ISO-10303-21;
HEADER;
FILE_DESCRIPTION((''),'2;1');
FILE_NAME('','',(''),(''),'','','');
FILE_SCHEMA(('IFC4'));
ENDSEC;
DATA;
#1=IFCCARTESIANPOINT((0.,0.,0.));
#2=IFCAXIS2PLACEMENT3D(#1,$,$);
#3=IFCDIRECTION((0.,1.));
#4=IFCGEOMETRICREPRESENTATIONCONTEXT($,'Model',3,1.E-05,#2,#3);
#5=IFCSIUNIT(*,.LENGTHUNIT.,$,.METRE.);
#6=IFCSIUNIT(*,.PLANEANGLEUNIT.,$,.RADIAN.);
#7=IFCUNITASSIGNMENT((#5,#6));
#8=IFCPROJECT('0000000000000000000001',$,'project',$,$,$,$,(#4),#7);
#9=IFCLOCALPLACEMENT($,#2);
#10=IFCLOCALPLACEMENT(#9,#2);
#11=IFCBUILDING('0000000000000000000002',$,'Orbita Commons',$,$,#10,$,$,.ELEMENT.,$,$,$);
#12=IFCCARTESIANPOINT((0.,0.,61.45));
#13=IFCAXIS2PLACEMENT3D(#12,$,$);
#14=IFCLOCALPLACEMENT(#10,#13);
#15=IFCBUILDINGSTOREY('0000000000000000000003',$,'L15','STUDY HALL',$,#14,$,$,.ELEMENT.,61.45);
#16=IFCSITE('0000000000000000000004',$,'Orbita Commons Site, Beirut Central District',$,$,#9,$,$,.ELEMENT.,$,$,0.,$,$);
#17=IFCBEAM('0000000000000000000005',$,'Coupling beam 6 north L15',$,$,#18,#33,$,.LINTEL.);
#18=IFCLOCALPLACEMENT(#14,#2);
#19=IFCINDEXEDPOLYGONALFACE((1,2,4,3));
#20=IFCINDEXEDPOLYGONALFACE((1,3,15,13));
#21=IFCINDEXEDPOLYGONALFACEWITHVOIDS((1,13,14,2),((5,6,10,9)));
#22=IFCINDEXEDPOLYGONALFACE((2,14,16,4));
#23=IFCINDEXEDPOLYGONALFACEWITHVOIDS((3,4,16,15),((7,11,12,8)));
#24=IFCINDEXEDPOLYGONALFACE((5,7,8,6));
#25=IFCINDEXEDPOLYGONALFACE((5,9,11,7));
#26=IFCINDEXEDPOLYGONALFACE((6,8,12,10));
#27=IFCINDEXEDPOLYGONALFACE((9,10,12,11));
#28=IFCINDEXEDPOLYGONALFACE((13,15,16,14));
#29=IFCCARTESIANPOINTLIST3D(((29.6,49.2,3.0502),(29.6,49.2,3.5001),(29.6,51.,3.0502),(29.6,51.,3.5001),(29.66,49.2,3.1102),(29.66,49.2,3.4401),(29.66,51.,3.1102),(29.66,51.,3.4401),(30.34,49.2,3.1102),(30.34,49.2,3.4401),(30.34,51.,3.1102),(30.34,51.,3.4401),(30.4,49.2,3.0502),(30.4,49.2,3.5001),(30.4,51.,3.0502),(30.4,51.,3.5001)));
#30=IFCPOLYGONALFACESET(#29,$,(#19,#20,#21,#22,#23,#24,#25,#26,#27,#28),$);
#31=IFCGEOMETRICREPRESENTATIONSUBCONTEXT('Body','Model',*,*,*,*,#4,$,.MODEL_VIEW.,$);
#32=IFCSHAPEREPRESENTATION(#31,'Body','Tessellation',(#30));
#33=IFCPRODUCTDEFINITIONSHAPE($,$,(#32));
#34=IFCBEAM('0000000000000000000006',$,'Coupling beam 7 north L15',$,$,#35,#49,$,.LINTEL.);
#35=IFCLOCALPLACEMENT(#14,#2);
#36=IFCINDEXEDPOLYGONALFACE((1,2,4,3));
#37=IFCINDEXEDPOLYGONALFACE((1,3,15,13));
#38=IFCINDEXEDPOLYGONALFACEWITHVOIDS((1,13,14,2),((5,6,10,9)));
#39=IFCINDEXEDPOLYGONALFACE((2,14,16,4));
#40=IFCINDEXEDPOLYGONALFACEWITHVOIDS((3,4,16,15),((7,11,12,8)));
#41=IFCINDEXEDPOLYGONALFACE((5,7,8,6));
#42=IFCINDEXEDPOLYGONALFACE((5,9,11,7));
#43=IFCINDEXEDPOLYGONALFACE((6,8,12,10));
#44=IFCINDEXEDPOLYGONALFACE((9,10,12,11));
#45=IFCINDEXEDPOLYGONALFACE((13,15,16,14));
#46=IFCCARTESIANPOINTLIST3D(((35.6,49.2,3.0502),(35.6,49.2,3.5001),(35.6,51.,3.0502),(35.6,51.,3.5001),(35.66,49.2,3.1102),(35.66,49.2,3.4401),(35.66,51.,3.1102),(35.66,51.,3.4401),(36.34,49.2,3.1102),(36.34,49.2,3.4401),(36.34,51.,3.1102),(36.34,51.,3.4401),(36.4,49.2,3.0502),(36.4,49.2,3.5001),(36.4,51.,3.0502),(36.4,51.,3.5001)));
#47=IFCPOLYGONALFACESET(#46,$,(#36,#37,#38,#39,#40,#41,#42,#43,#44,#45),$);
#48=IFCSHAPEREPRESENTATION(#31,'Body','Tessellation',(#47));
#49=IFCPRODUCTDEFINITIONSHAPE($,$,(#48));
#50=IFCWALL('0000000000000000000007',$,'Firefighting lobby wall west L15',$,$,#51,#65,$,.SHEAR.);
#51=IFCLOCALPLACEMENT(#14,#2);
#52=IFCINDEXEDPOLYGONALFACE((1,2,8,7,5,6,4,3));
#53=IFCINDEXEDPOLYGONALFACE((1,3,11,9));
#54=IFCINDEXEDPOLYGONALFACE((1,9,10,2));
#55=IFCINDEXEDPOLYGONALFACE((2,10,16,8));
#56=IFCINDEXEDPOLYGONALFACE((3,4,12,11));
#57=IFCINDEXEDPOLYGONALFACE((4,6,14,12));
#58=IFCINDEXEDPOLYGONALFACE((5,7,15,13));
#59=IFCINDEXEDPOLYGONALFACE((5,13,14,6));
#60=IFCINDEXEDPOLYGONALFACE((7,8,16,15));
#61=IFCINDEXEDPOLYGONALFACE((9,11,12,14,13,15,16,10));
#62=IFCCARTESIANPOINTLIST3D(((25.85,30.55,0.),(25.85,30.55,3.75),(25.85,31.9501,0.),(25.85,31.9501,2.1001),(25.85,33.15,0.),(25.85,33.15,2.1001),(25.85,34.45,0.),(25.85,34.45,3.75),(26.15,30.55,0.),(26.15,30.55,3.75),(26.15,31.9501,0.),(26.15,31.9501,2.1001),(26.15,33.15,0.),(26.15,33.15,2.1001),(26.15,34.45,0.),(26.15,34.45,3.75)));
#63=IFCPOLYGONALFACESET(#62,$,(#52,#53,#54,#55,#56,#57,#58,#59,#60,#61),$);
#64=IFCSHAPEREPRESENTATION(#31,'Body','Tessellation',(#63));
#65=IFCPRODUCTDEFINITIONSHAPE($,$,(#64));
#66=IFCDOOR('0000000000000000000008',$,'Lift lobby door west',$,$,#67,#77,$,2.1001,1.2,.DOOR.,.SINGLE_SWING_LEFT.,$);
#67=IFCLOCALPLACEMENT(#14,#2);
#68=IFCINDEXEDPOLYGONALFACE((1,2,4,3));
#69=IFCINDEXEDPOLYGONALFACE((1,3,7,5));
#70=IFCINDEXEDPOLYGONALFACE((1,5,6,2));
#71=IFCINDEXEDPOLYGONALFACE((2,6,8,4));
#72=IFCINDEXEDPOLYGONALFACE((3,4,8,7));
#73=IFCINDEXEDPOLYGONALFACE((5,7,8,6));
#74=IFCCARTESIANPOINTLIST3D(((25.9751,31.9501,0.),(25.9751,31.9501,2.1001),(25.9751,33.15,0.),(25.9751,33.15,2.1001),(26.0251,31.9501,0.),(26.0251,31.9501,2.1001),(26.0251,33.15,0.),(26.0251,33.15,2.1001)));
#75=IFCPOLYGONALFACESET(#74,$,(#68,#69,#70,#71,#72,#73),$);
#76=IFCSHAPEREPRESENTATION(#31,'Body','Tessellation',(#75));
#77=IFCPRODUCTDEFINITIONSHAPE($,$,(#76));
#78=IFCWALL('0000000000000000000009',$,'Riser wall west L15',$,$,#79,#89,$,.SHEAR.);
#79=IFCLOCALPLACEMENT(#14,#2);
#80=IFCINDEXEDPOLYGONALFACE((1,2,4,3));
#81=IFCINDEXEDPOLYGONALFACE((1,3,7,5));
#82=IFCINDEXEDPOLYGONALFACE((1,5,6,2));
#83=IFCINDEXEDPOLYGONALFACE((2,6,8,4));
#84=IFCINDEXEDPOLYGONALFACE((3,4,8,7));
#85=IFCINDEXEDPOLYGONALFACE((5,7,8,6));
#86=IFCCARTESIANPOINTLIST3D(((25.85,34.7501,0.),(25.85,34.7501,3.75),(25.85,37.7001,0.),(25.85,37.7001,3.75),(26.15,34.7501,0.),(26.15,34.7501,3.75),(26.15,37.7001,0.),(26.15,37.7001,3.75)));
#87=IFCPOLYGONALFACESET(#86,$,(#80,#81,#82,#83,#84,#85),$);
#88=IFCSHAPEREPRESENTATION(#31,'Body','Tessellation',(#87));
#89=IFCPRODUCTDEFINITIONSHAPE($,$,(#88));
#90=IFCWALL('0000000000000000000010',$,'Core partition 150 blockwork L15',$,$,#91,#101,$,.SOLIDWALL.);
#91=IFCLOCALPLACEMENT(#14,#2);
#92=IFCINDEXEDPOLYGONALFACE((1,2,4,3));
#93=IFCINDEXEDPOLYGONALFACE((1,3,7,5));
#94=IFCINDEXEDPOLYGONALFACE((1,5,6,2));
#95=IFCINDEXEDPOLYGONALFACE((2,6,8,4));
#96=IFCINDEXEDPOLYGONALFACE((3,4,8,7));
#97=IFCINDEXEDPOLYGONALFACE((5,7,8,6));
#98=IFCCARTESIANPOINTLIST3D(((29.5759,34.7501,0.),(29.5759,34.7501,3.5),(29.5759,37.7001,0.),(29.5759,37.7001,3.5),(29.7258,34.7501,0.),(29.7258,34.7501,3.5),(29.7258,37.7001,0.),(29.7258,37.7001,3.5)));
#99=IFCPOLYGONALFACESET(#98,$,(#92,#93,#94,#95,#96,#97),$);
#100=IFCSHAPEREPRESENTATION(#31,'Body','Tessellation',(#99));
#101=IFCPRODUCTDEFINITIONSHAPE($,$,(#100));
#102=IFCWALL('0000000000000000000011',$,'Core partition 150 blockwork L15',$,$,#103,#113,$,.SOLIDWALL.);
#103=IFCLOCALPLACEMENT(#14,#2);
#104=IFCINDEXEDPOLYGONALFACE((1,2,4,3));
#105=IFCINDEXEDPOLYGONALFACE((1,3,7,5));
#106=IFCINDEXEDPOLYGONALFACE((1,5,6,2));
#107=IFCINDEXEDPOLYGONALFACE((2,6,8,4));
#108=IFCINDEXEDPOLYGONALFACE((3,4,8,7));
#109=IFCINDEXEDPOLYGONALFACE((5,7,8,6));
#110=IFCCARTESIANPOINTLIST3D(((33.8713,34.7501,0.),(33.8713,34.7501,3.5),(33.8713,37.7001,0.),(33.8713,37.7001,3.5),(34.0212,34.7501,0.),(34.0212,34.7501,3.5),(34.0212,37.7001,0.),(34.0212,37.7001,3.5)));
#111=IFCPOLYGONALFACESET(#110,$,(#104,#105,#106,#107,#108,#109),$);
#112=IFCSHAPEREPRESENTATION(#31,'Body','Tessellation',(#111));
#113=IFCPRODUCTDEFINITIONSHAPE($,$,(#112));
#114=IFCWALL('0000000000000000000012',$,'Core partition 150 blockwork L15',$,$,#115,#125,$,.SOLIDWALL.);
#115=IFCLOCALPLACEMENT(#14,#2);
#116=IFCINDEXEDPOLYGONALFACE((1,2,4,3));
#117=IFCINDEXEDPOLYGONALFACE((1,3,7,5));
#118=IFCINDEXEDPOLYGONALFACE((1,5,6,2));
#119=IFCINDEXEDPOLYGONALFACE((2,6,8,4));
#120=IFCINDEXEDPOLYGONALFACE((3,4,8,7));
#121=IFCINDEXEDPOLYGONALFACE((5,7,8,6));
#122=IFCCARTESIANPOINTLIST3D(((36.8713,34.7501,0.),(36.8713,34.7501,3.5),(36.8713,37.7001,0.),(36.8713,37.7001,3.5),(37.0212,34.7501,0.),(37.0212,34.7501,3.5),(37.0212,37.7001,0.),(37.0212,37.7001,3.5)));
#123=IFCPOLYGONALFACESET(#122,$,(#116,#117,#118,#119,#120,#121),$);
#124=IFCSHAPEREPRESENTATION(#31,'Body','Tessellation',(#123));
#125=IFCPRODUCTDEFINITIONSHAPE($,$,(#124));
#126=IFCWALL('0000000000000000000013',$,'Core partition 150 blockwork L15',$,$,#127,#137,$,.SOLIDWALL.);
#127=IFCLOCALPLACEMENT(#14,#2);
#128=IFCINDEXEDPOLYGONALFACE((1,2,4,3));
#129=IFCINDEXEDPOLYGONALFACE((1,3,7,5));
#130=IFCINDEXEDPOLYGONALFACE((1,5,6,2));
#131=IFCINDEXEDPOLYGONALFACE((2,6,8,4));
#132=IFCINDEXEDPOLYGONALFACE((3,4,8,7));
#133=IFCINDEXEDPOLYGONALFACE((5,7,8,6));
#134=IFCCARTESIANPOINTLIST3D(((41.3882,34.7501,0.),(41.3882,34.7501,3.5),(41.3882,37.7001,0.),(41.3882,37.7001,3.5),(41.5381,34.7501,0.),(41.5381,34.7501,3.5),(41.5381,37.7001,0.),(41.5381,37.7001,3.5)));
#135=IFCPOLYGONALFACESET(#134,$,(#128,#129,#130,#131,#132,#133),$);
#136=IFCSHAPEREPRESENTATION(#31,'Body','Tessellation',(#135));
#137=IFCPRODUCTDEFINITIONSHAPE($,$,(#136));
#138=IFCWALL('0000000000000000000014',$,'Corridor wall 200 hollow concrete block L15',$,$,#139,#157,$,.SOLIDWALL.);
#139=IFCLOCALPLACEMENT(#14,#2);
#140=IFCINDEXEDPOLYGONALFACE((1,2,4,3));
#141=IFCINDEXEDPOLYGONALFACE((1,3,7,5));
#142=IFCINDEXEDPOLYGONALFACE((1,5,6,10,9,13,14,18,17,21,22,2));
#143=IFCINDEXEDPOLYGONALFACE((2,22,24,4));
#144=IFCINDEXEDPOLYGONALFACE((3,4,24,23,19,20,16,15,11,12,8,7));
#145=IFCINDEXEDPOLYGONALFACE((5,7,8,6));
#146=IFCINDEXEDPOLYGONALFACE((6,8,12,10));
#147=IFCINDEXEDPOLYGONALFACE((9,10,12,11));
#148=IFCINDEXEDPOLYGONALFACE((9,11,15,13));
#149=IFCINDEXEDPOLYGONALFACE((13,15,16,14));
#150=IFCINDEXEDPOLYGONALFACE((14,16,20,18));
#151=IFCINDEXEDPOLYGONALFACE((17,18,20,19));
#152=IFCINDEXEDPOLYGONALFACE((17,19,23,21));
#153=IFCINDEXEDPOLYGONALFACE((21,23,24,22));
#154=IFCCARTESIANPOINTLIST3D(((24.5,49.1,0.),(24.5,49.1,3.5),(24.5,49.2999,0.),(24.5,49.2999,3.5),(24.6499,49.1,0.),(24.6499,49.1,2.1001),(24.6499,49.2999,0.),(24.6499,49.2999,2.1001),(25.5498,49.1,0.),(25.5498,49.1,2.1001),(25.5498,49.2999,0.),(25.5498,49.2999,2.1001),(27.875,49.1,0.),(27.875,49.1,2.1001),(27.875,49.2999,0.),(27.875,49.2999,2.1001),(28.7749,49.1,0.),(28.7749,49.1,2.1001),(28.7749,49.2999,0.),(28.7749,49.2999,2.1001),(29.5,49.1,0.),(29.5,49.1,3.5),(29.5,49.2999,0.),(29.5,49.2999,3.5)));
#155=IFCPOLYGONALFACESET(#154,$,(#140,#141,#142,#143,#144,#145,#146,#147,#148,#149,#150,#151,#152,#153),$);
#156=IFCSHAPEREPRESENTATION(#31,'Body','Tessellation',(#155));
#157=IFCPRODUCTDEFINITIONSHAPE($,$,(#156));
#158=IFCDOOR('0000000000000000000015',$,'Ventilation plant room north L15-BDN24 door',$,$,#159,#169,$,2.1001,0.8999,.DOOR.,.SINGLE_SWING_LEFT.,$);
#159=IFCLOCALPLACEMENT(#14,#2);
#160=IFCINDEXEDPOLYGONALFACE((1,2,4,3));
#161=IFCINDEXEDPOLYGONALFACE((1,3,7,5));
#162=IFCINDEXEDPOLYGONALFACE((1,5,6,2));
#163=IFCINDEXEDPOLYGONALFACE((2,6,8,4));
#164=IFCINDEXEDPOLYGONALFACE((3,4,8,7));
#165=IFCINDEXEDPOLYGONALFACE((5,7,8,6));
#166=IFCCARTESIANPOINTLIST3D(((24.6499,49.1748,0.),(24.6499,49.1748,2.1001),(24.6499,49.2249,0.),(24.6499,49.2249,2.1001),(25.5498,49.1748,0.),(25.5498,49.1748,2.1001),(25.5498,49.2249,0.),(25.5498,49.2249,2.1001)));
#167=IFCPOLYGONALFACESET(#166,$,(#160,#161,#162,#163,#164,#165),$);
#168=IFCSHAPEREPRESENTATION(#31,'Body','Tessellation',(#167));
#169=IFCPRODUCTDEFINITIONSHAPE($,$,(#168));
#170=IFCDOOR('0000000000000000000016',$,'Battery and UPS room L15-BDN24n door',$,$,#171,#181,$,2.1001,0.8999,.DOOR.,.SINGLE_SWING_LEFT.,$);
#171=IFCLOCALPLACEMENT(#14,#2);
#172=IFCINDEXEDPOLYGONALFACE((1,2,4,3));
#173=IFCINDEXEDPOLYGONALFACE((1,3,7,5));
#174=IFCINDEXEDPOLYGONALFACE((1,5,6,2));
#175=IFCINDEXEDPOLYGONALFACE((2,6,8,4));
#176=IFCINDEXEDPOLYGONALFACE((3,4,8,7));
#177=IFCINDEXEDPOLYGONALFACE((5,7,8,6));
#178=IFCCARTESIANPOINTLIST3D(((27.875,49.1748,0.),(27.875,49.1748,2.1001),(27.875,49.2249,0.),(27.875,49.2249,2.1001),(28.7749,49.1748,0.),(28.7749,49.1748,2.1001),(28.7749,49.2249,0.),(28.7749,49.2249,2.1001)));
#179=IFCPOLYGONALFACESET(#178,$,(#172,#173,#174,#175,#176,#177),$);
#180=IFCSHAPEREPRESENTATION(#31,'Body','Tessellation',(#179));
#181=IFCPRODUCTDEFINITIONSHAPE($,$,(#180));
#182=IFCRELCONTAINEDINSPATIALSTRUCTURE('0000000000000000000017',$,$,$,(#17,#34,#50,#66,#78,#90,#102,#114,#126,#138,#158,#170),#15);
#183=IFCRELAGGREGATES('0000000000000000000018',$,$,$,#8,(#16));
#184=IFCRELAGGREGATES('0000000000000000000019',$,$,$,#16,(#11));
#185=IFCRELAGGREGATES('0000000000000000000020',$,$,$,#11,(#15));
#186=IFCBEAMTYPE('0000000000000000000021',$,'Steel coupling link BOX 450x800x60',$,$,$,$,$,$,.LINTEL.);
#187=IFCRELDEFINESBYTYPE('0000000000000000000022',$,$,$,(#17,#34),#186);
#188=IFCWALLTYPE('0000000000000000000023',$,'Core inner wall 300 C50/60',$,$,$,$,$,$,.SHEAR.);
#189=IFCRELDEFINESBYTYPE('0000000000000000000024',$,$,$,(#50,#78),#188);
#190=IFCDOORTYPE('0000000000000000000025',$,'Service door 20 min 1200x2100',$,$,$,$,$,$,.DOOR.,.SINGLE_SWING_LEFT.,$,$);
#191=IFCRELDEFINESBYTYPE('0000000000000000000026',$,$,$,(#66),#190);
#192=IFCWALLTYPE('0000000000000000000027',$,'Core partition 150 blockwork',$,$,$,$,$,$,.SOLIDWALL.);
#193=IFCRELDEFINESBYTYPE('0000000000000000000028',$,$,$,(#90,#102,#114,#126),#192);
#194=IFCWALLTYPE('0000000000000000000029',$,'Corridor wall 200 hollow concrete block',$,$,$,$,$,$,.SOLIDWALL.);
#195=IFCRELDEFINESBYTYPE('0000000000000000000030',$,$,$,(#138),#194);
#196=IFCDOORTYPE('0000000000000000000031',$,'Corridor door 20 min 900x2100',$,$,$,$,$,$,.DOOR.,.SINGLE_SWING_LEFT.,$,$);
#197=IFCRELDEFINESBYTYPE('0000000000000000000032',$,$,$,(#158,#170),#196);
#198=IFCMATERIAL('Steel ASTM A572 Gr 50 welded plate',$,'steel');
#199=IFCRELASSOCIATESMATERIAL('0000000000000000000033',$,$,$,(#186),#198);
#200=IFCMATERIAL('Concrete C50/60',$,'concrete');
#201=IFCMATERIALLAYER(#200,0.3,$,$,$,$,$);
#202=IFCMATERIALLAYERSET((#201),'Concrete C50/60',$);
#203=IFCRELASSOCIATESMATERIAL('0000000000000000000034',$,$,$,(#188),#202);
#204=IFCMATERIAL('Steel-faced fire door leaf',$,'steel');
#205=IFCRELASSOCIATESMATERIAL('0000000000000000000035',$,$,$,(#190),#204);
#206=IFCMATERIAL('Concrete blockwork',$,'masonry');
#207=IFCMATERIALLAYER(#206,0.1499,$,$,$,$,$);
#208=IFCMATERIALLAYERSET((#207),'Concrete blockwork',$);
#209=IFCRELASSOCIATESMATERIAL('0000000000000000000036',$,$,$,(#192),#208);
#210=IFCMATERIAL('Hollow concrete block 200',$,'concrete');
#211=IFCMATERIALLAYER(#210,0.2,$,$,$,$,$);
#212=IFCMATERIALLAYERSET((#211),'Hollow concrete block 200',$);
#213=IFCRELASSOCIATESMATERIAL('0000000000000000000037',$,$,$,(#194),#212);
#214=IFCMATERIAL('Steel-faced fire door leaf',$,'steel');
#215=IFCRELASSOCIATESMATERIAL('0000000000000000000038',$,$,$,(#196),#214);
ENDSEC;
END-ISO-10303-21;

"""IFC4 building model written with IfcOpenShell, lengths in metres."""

from ifc_helpers import new_model, si_unit, direction, frame, frame_2d, origin, origin_2d, place, context, subcontext, project, spatial, rectangle, hollow_rectangle, extrude, material, layer, layer_set, material_profile, profile_set, type_object, element, fill, save


model = new_model("IFC4")

# Units and contexts
model_context = context("Model", 3, precision=1e-05, world=origin(), true_north=direction((0.0, 1.0)))
body_context = subcontext(model_context, "Body", "Model", "MODEL_VIEW")
ifc_project = project(units=[si_unit("LENGTHUNIT", "METRE"), si_unit("PLANEANGLEUNIT", "RADIAN")], contexts=[model_context])

# Site, building, storey
site_placement = place(None, origin())
site = spatial("IfcSite", under=ifc_project, at=site_placement, Name="Orbita Commons Site, Beirut Central District", CompositionType="ELEMENT", RefElevation=0.0)
building_placement = place(site_placement, origin())
building = spatial("IfcBuilding", under=site, at=building_placement, Name="Orbita Commons", CompositionType="ELEMENT")
storey_placement = place(building_placement, frame((0.0, 0.0, 61.45)))
storey = spatial("IfcBuildingStorey", under=building, at=storey_placement, Name="L15", Description="STUDY HALL", CompositionType="ELEMENT", Elevation=61.45)

# Beams
ifc_material_1 = material(Name="Steel ASTM A572 Gr 50 welded plate", Category="steel")
ifc_material_profile = material_profile(ifc_material_1, hollow_rectangle(XDim=0.8, YDim=0.45, WallThickness=0.0601, at=origin_2d()), Name="BOX 450x800x60")
ifc_profile_set = profile_set([ifc_material_profile], Name="Steel ASTM A572 Gr 50 welded plate")
beam_type = type_object("IfcBeamType", Name="Steel coupling link BOX 450x800x60", PredefinedType="LINTEL", material=ifc_profile_set)
for number, where, z_axis, x_axis, name in (
    (1, (30.0, 49.2, 3.2751), (0.0, 1.0, 0.0), (-1.0, 0.0, 0.0), "Coupling beam 6 north L15"),
    (2, (36.0, 49.2, 3.2751), (0.0, 1.0, 0.0), (-1.0, 0.0, 0.0), "Coupling beam 7 north L15"),
):
    element("IfcBeam", number, at=place(storey_placement, frame(where, z_axis=z_axis, x_axis=x_axis)), inside=storey, type_object=beam_type, Name=name, PredefinedType="LINTEL", context=body_context, shape_type="SweptSolid", body=[
        extrude(hollow_rectangle(XDim=0.8, YDim=0.45, WallThickness=0.0601, at=origin_2d()), origin(), (0.0, 0.0, 1.0), 1.8),
    ])

# Wall, opening, door
ifc_material_2 = material(Name="Concrete C50/60", Category="concrete")
ifc_layer_1 = layer(ifc_material_2, 0.3)
ifc_layer_set_1 = layer_set([ifc_layer_1], Name="Concrete C50/60")
wall_type_1 = type_object("IfcWallType", Name="Core inner wall 300 C50/60", PredefinedType="SHEAR", material=ifc_layer_set_1)
wall_1_placement = place(storey_placement, frame((26.0, 30.55, 0.0), z_axis=(0.0, 0.0, 1.0), x_axis=(0.0, 1.0, 0.0)))
wall_1 = element("IfcWall", 3, at=wall_1_placement, inside=storey, type_object=wall_type_1, Name="Firefighting lobby wall west L15", PredefinedType="SHEAR", context=body_context, shape_type="SweptSolid", body=[
    extrude(rectangle(XDim=3.8999, YDim=0.3, at=frame_2d((1.95, 0.0))), origin(), (0.0, 0.0, 1.0), 3.75),
])
opening_1_placement = place(wall_1_placement, frame((1.3999, 0.0, 0.0)))
opening_1 = element("IfcOpeningElement", 4, at=opening_1_placement, cuts=wall_1, PredefinedType="OPENING", context=body_context, shape_type="SweptSolid", body=[
    extrude(rectangle(XDim=1.2, YDim=2.1001, at=frame_2d((0.6001, 1.05))), frame((0.0, 0.1599, 0.0), z_axis=(0.0, -1.0, 0.0), x_axis=(1.0, 0.0, 0.0)), (0.0, 0.0, 1.0), 0.3201),
])
ifc_material_3 = material(Name="Steel-faced fire door leaf", Category="steel")
door_type_1 = type_object("IfcDoorType", Name="Service door 20 min 1200x2100", OperationType="SINGLE_SWING_LEFT", PredefinedType="DOOR", material=ifc_material_3)
door_1_placement = place(opening_1_placement, origin())
door_1 = element("IfcDoor", 5, at=door_1_placement, inside=storey, type_object=door_type_1, Name="Lift lobby door west", OperationType="SINGLE_SWING_LEFT", OverallHeight=2.1001, OverallWidth=1.2, PredefinedType="DOOR", context=body_context, shape_type="SweptSolid", body=[
    extrude(rectangle(XDim=1.2, YDim=2.1001, at=frame_2d((0.6001, 1.05))), frame((0.0, 0.0249, 0.0), z_axis=(0.0, -1.0, 0.0), x_axis=(1.0, 0.0, 0.0)), (0.0, 0.0, 1.0), 0.05),
])
fill(opening_1, door_1)

# Walls
wall_2_placement = place(storey_placement, frame((26.0, 34.75, 0.0), z_axis=(0.0, 0.0, 1.0), x_axis=(0.0, 1.0, 0.0)))
element("IfcWall", 6, at=wall_2_placement, inside=storey, type_object=wall_type_1, Name="Riser wall west L15", PredefinedType="SHEAR", context=body_context, shape_type="SweptSolid", body=[
    extrude(rectangle(XDim=2.95, YDim=0.3, at=frame_2d((1.4751, 0.0))), origin(), (0.0, 0.0, 1.0), 3.75),
])
ifc_material_4 = material(Name="Concrete blockwork", Category="masonry")
ifc_layer_2 = layer(ifc_material_4, 0.1499)
ifc_layer_set_2 = layer_set([ifc_layer_2], Name="Concrete blockwork")
wall_type_2 = type_object("IfcWallType", Name="Core partition 150 blockwork", PredefinedType="SOLIDWALL", material=ifc_layer_set_2)
for number, where, z_axis, x_axis, name in (
    (7, (29.6509, 34.75, 0.0), (0.0, 0.0, 1.0), (0.0, 1.0, 0.0), "Core partition 150 blockwork L15"),
    (8, (33.9463, 34.75, 0.0), (0.0, 0.0, 1.0), (0.0, 1.0, 0.0), "Core partition 150 blockwork L15"),
    (9, (36.9463, 34.75, 0.0), (0.0, 0.0, 1.0), (0.0, 1.0, 0.0), "Core partition 150 blockwork L15"),
    (10, (41.4631, 34.75, 0.0), (0.0, 0.0, 1.0), (0.0, 1.0, 0.0), "Core partition 150 blockwork L15"),
):
    element("IfcWall", number, at=place(storey_placement, frame(where, z_axis=z_axis, x_axis=x_axis)), inside=storey, type_object=wall_type_2, Name=name, PredefinedType="SOLIDWALL", context=body_context, shape_type="SweptSolid", body=[
        extrude(rectangle(XDim=2.95, YDim=0.1499, at=frame_2d((1.4751, 0.0))), origin(), (0.0, 0.0, 1.0), 3.5),
    ])

# Wall, openings, doors
ifc_material_5 = material(Name="Hollow concrete block 200", Category="concrete")
ifc_layer_3 = layer(ifc_material_5, 0.2)
ifc_layer_set_3 = layer_set([ifc_layer_3], Name="Hollow concrete block 200")
wall_type_3 = type_object("IfcWallType", Name="Corridor wall 200 hollow concrete block", PredefinedType="SOLIDWALL", material=ifc_layer_set_3)
wall_3_placement = place(storey_placement, frame((24.5, 49.2, 0.0), z_axis=(0.0, 0.0, 1.0), x_axis=(1.0, 0.0, 0.0)))
wall_3 = element("IfcWall", 11, at=wall_3_placement, inside=storey, type_object=wall_type_3, Name="Corridor wall 200 hollow concrete block L15", PredefinedType="SOLIDWALL", context=body_context, shape_type="SweptSolid", body=[
    extrude(rectangle(XDim=5.0, YDim=0.2, at=frame_2d((2.5, 0.0))), origin(), (0.0, 0.0, 1.0), 3.5),
])
opening_2_placement = place(wall_3_placement, frame((0.1499, 0.0, 0.0)))
opening_2 = element("IfcOpeningElement", 12, at=opening_2_placement, cuts=wall_3, PredefinedType="OPENING", context=body_context, shape_type="SweptSolid", body=[
    extrude(rectangle(XDim=0.8999, YDim=2.1001, at=frame_2d((0.45, 1.05))), frame((0.0, 0.1099, 0.0), z_axis=(0.0, -1.0, 0.0), x_axis=(1.0, 0.0, 0.0)), (0.0, 0.0, 1.0), 0.22),
])
opening_3_placement = place(wall_3_placement, frame((3.375, 0.0, 0.0)))
opening_3 = element("IfcOpeningElement", 13, at=opening_3_placement, cuts=wall_3, PredefinedType="OPENING", context=body_context, shape_type="SweptSolid", body=[
    extrude(rectangle(XDim=0.8999, YDim=2.1001, at=frame_2d((0.45, 1.05))), frame((0.0, 0.1099, 0.0), z_axis=(0.0, -1.0, 0.0), x_axis=(1.0, 0.0, 0.0)), (0.0, 0.0, 1.0), 0.22),
])
ifc_material_6 = material(Name="Steel-faced fire door leaf", Category="steel")
door_type_2 = type_object("IfcDoorType", Name="Corridor door 20 min 900x2100", OperationType="SINGLE_SWING_LEFT", PredefinedType="DOOR", material=ifc_material_6)
door_2_placement = place(opening_2_placement, origin())
door_2 = element("IfcDoor", 14, at=door_2_placement, inside=storey, type_object=door_type_2, Name="Ventilation plant room north L15-BDN24 door", OperationType="SINGLE_SWING_LEFT", OverallHeight=2.1001, OverallWidth=0.8999, PredefinedType="DOOR", context=body_context, shape_type="SweptSolid", body=[
    extrude(rectangle(XDim=0.8999, YDim=2.1001, at=frame_2d((0.45, 1.05))), frame((0.0, 0.0249, 0.0), z_axis=(0.0, -1.0, 0.0), x_axis=(1.0, 0.0, 0.0)), (0.0, 0.0, 1.0), 0.05),
])
fill(opening_2, door_2)
door_3_placement = place(opening_3_placement, origin())
door_3 = element("IfcDoor", 15, at=door_3_placement, inside=storey, type_object=door_type_2, Name="Battery and UPS room L15-BDN24n door", OperationType="SINGLE_SWING_LEFT", OverallHeight=2.1001, OverallWidth=0.8999, PredefinedType="DOOR", context=body_context, shape_type="SweptSolid", body=[
    extrude(rectangle(XDim=0.8999, YDim=2.1001, at=frame_2d((0.45, 1.05))), frame((0.0, 0.0249, 0.0), z_axis=(0.0, -1.0, 0.0), x_axis=(1.0, 0.0, 0.0)), (0.0, 0.0, 1.0), 0.05),
])
fill(opening_3, door_3)

save(model, "model.ifc")
